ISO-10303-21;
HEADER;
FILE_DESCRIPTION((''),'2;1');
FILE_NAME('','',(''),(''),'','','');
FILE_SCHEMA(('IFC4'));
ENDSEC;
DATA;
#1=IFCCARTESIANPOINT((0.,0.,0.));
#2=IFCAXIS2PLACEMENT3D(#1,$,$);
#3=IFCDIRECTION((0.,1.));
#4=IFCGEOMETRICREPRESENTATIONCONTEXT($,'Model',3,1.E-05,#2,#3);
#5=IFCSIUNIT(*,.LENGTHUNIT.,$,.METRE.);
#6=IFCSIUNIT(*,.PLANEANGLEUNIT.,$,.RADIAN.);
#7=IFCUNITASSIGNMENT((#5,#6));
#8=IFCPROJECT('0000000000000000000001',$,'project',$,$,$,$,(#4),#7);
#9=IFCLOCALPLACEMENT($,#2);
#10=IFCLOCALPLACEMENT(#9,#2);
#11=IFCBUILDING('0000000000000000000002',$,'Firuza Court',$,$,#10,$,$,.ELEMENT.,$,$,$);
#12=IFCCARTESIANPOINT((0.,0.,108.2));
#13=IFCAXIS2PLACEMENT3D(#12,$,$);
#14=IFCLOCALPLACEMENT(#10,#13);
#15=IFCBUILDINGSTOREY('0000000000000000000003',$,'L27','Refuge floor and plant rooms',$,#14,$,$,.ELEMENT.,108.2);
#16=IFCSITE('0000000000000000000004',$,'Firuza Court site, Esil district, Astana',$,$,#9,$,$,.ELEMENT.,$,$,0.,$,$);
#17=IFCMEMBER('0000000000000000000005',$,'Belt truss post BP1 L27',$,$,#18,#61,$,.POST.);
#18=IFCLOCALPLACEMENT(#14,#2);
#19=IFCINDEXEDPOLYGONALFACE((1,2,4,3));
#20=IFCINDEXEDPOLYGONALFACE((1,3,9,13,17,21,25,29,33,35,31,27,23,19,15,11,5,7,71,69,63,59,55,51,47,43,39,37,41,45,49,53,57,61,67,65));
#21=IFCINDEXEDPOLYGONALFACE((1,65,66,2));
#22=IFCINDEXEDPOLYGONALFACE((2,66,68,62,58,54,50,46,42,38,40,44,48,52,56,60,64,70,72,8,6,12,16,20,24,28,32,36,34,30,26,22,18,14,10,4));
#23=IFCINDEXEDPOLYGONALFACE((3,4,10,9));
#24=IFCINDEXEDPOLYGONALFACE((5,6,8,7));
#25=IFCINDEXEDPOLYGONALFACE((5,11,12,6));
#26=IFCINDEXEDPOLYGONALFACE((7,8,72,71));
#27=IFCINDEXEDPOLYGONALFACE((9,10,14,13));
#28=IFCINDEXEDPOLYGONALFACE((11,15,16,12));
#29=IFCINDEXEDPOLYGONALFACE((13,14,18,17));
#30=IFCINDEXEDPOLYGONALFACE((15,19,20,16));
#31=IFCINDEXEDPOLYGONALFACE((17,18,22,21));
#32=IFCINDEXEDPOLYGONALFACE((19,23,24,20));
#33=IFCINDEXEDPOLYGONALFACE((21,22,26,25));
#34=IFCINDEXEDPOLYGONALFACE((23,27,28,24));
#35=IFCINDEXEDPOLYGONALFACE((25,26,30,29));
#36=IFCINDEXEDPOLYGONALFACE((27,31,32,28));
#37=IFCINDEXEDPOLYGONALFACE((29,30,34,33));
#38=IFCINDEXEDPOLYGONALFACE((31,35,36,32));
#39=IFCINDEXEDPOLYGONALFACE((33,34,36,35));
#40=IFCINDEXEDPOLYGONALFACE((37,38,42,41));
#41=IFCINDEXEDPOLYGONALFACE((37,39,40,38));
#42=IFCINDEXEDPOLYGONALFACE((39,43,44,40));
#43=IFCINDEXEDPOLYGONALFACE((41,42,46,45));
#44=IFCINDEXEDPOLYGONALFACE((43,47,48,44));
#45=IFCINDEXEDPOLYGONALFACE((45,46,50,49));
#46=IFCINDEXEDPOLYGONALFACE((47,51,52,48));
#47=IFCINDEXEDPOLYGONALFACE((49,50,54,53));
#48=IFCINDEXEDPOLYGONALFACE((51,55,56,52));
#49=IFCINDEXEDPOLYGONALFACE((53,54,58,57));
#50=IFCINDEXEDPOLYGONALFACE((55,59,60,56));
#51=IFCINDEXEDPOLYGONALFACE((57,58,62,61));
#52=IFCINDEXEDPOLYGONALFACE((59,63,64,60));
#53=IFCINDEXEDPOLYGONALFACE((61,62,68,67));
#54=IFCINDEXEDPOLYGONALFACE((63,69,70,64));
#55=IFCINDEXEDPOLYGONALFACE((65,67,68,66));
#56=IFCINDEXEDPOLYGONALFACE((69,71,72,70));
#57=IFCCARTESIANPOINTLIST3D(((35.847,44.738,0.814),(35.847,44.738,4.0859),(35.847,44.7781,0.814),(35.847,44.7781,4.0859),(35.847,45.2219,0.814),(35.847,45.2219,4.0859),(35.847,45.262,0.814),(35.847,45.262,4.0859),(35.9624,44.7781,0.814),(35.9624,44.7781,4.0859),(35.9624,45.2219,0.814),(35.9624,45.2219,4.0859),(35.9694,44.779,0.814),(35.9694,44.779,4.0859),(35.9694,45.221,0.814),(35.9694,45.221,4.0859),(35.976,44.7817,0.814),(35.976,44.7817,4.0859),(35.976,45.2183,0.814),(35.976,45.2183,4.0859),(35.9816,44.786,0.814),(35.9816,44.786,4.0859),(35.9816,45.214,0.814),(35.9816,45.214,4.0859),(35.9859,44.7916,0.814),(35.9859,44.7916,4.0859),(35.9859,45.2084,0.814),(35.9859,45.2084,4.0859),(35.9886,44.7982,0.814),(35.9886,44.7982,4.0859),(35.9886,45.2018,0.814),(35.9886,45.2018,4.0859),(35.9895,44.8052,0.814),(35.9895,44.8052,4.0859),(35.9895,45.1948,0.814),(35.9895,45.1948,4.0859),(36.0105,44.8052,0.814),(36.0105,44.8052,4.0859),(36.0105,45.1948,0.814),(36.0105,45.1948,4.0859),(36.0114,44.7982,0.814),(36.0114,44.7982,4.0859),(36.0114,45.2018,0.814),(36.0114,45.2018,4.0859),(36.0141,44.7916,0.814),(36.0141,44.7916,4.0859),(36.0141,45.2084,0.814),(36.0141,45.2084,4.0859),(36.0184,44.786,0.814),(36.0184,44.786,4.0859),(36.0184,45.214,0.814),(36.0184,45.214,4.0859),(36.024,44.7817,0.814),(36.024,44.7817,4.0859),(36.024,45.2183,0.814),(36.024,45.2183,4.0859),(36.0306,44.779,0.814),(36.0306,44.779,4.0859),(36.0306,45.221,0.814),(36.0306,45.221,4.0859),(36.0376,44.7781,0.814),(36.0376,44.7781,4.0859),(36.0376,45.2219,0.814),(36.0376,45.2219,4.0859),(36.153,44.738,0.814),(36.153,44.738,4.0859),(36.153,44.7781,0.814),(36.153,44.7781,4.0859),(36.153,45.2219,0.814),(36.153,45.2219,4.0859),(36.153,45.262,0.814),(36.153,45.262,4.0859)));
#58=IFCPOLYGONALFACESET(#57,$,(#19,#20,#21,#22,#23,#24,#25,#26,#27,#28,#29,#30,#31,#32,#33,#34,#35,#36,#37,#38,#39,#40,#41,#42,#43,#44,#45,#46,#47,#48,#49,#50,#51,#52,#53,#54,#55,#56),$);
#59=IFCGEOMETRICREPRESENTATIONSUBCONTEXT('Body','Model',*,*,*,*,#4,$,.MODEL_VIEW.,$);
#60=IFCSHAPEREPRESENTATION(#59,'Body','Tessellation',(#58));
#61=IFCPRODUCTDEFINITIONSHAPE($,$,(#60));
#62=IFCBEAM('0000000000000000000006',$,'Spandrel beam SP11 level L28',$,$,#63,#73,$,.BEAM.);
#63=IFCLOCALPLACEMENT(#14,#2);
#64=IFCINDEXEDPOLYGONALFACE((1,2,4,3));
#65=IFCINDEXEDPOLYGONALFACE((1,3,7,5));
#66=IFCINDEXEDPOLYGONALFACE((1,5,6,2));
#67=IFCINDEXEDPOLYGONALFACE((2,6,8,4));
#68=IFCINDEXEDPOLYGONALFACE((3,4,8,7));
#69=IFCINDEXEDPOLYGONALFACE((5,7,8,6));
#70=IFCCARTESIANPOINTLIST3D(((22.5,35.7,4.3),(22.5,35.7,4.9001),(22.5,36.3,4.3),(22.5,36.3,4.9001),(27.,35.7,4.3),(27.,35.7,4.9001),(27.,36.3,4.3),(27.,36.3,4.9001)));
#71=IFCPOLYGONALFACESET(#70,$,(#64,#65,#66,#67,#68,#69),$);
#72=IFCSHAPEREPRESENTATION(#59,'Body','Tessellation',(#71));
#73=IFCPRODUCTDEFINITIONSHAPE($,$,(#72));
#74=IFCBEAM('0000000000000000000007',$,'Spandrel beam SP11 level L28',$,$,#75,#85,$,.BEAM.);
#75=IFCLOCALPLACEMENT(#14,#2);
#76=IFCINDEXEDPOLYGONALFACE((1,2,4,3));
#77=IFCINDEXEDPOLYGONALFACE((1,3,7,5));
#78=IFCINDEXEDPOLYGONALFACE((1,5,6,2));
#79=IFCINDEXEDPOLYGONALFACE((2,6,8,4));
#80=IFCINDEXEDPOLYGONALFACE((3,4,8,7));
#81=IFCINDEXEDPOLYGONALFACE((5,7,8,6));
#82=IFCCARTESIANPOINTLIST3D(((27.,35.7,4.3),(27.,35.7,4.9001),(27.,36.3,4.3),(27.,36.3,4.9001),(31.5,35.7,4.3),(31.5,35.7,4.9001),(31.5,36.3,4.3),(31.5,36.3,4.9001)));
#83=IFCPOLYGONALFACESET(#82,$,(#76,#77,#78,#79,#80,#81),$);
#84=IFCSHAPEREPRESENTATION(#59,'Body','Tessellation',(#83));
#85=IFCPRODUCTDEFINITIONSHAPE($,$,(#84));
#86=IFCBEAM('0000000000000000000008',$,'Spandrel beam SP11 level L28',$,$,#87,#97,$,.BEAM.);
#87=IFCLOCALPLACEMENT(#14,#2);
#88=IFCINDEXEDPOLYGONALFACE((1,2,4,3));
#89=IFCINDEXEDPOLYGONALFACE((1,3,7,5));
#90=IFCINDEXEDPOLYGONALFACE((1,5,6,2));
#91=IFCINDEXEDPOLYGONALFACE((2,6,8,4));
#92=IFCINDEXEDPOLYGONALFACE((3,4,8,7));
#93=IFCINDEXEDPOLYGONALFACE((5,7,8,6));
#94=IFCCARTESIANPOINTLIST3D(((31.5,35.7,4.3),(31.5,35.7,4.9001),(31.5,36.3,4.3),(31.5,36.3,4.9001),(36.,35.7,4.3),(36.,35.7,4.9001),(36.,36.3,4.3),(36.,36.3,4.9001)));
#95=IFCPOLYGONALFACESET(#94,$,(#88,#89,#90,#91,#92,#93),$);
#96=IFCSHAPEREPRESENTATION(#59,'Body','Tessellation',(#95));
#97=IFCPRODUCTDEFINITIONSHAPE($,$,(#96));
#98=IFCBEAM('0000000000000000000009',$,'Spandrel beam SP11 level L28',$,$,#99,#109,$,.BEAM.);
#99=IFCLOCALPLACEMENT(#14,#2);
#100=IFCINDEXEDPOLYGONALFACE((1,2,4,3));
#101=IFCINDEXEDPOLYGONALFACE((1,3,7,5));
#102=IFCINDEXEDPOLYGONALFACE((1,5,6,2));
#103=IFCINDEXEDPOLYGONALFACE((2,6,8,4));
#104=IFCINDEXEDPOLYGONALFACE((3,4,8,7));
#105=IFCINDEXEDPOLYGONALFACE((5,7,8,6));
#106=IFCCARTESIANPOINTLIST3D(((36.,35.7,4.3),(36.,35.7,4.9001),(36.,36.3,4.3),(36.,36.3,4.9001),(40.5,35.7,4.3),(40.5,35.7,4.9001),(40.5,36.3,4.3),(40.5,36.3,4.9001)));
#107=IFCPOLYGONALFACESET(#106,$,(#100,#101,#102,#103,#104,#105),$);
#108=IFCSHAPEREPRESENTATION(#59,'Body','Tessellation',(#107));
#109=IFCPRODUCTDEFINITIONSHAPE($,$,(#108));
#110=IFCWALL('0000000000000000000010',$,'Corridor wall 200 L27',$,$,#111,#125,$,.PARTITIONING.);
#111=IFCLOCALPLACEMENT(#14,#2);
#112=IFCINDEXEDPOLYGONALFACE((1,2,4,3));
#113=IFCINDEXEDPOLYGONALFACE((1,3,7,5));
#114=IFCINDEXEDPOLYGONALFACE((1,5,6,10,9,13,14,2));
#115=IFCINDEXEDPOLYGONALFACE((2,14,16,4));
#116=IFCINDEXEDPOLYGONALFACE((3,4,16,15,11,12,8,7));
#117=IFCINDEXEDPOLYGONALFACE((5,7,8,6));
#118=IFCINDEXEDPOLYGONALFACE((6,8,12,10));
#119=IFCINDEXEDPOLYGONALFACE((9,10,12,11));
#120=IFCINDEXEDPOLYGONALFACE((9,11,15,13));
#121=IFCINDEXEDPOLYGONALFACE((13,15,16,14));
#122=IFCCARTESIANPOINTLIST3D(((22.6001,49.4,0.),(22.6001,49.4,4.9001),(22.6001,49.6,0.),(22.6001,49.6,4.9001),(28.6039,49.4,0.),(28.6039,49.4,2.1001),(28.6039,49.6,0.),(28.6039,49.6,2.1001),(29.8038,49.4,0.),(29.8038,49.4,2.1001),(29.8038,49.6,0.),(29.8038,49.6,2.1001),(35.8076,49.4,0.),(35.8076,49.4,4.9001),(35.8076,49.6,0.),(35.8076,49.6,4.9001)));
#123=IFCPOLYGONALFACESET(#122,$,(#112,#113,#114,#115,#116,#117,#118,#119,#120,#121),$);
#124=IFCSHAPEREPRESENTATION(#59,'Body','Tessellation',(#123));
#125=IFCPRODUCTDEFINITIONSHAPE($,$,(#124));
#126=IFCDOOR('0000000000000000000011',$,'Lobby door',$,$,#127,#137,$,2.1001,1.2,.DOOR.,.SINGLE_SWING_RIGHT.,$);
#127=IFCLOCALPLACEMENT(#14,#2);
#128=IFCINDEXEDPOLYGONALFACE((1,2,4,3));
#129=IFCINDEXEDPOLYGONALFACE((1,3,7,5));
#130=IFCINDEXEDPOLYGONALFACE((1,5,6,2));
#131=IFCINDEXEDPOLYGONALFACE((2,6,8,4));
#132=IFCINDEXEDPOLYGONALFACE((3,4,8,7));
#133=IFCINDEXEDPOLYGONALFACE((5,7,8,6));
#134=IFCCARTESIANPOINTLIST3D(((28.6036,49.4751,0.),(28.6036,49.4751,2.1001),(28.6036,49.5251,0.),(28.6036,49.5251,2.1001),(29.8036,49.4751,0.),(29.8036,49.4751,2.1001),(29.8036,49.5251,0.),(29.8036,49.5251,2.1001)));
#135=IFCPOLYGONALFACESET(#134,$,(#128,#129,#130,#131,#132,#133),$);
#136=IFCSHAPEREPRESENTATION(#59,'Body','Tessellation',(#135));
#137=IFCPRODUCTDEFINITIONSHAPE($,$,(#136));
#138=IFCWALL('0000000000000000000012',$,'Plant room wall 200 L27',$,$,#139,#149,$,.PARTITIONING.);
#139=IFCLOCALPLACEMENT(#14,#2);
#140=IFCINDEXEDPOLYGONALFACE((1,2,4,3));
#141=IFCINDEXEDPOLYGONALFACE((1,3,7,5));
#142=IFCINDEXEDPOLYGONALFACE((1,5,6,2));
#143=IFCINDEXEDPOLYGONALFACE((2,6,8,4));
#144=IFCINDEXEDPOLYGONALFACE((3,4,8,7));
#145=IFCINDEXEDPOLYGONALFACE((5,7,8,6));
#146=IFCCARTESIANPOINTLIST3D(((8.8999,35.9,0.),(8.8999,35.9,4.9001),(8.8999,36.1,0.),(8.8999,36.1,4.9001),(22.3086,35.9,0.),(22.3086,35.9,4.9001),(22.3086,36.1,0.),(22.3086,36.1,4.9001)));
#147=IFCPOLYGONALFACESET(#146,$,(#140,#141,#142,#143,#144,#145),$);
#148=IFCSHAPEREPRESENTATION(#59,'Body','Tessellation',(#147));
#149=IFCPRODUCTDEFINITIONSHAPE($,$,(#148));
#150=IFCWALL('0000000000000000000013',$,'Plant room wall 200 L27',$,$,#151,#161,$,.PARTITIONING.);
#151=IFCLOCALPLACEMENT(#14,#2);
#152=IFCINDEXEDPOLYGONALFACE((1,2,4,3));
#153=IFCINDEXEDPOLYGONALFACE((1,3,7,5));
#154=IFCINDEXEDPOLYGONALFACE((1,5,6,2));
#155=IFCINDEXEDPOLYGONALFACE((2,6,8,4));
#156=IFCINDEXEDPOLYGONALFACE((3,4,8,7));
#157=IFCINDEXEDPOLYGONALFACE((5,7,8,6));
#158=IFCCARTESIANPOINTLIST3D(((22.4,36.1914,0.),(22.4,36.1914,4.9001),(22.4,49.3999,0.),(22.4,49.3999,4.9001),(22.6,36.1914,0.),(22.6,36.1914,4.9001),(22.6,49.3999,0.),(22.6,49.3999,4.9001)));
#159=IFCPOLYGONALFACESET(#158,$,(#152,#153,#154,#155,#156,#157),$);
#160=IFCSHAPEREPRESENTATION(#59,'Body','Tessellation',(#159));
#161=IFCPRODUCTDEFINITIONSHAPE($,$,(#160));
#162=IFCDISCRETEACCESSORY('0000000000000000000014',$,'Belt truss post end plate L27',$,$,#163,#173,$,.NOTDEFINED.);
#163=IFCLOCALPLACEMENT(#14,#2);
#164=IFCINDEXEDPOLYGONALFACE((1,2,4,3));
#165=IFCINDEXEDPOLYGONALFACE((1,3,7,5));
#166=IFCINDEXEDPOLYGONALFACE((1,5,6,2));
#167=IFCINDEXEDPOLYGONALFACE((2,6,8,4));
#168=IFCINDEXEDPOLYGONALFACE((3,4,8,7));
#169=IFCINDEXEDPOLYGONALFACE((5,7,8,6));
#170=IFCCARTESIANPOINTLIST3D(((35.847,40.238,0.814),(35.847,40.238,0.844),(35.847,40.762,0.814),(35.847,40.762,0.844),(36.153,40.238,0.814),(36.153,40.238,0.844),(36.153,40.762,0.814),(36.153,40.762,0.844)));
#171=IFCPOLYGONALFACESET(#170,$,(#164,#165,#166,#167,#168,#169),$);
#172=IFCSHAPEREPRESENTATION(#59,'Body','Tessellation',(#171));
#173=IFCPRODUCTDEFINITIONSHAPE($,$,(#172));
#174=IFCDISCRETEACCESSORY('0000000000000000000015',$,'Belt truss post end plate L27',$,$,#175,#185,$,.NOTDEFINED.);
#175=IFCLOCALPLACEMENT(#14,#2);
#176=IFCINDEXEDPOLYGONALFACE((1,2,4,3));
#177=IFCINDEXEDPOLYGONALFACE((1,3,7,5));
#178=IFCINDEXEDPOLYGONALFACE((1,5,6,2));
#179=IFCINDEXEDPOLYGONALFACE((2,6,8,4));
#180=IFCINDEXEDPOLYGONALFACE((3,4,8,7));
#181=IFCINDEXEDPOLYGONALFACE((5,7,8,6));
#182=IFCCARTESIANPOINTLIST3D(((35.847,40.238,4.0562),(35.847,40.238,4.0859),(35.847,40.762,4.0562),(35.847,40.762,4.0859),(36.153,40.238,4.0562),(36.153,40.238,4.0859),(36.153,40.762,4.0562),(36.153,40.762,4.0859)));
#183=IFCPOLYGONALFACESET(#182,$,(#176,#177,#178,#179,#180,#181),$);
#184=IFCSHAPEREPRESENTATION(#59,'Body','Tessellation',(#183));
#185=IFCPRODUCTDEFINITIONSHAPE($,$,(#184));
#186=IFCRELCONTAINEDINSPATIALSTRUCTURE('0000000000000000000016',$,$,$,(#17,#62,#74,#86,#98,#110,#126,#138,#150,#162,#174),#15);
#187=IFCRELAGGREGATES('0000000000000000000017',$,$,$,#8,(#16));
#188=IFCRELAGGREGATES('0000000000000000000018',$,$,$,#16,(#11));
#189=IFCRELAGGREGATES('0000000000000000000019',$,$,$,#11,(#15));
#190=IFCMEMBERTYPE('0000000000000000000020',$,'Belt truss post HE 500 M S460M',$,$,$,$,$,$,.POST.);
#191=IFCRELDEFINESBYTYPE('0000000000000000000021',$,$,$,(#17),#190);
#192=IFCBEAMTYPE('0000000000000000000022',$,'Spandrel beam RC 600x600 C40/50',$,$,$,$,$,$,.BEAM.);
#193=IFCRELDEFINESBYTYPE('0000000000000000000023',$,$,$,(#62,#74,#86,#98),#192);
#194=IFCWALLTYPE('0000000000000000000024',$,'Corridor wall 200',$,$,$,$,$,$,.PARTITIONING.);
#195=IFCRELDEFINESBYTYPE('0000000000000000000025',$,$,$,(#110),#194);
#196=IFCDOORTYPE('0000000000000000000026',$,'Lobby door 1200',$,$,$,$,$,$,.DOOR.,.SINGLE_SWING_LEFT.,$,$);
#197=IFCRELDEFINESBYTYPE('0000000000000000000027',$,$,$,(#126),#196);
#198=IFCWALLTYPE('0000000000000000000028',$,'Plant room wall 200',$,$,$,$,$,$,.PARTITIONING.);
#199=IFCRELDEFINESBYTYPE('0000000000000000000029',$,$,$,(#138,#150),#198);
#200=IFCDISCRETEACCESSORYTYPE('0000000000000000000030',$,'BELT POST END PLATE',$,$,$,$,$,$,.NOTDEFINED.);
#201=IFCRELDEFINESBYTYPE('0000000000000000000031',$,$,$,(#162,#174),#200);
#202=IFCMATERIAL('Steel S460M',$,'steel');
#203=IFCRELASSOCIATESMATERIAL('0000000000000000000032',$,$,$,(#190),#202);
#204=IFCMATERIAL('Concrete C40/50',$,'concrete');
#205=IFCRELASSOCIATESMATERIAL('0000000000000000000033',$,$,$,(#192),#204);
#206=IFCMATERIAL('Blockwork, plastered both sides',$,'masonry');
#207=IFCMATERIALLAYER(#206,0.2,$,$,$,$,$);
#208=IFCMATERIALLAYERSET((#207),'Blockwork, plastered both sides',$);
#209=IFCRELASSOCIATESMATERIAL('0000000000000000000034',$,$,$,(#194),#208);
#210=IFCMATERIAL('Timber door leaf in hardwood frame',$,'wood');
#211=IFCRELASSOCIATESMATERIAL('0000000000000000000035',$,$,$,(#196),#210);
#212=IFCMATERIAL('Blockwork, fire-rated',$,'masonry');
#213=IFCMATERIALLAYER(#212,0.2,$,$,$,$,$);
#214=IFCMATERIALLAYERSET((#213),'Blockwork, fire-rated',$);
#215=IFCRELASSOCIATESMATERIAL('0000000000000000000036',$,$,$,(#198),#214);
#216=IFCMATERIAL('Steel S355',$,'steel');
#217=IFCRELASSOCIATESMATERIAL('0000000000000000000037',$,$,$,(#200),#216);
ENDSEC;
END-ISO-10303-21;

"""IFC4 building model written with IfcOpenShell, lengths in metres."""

from ifc_helpers import new_model, si_unit, direction, frame, frame_2d, origin, origin_2d, place, context, subcontext, project, spatial, rectangle, i_section, extrude, material, layer, layer_set, material_profile, profile_set, type_object, element, fill, save


model = new_model("IFC4")

# Units and contexts
model_context = context("Model", 3, precision=1e-05, world=origin(), true_north=direction((0.0, 1.0)))
body_context = subcontext(model_context, "Body", "Model", "MODEL_VIEW")
ifc_project = project(units=[si_unit("LENGTHUNIT", "METRE"), si_unit("PLANEANGLEUNIT", "RADIAN")], contexts=[model_context])

# Site, building, storey
site_placement = place(None, origin())
site = spatial("IfcSite", under=ifc_project, at=site_placement, Name="Firuza Court site, Esil district, Astana", CompositionType="ELEMENT", RefElevation=0.0)
building_placement = place(site_placement, origin())
building = spatial("IfcBuilding", under=site, at=building_placement, Name="Firuza Court", CompositionType="ELEMENT")
storey_placement = place(building_placement, frame((0.0, 0.0, 108.2)))
storey = spatial("IfcBuildingStorey", under=building, at=storey_placement, Name="L27", Description="Refuge floor and plant rooms", CompositionType="ELEMENT", Elevation=108.2)

# Member
ifc_material_1 = material(Name="Steel S460M", Category="steel")
ifc_material_profile_1 = material_profile(ifc_material_1, i_section(OverallWidth=0.3059, OverallDepth=0.5239, WebThickness=0.021, FlangeThickness=0.04, FilletRadius=0.0271, at=origin_2d()), Name="HE 500 M")
ifc_profile_set_1 = profile_set([ifc_material_profile_1], Name="Steel S460M")
member_type_1 = type_object("IfcMemberType", Name="Belt truss post HE 500 M S460M", PredefinedType="POST", material=ifc_profile_set_1)
for number, where, z_axis, x_axis, name in (
    (1, (36.0, 45.0, 0.814), (0.0, 0.0, 1.0), (1.0, 0.0, 0.0), "Belt truss post BP1 L27"),
):
    element("IfcMember", number, at=place(storey_placement, frame(where, z_axis=z_axis, x_axis=x_axis)), inside=storey, type_object=member_type_1, Name=name, PredefinedType="POST", context=body_context, shape_type="SweptSolid", body=[
        extrude(i_section(OverallWidth=0.3059, OverallDepth=0.5239, WebThickness=0.021, FlangeThickness=0.04, FilletRadius=0.0271, at=origin_2d()), origin(), (0.0, 0.0, 1.0), 3.272),
    ])

# Beams
ifc_material_2 = material(Name="Concrete C40/50", Category="concrete")
ifc_material_profile_2 = material_profile(ifc_material_2, rectangle(XDim=0.6001, YDim=0.6001, at=origin_2d()), Name="RC 600x600")
ifc_profile_set_2 = profile_set([ifc_material_profile_2], Name="Concrete C40/50")
beam_type_1 = type_object("IfcBeamType", Name="Spandrel beam RC 600x600 C40/50", PredefinedType="BEAM", material=ifc_profile_set_2)
for number, where, z_axis, x_axis, name in (
    (2, (22.5, 36.0, 4.6001), (1.0, 0.0, 0.0), (0.0, 1.0, 0.0), "Spandrel beam SP11 level L28"),
    (3, (27.0, 36.0, 4.6001), (1.0, 0.0, 0.0), (0.0, 1.0, 0.0), "Spandrel beam SP11 level L28"),
    (4, (31.5, 36.0, 4.6001), (1.0, 0.0, 0.0), (0.0, 1.0, 0.0), "Spandrel beam SP11 level L28"),
    (5, (36.0, 36.0, 4.6001), (1.0, 0.0, 0.0), (0.0, 1.0, 0.0), "Spandrel beam SP11 level L28"),
):
    element("IfcBeam", number, at=place(storey_placement, frame(where, z_axis=z_axis, x_axis=x_axis)), inside=storey, type_object=beam_type_1, Name=name, PredefinedType="BEAM", context=body_context, shape_type="SweptSolid", body=[
        extrude(rectangle(XDim=0.6001, YDim=0.6001, at=origin_2d()), origin(), (0.0, 0.0, 1.0), 4.5),
    ])

# Wall, opening, door
ifc_material_3 = material(Name="Blockwork, plastered both sides", Category="masonry")
ifc_layer_1 = layer(ifc_material_3, 0.2)
ifc_layer_set_1 = layer_set([ifc_layer_1], Name="Blockwork, plastered both sides")
wall_type_1 = type_object("IfcWallType", Name="Corridor wall 200", PredefinedType="PARTITIONING", material=ifc_layer_set_1)
wall_1_placement = place(storey_placement, frame((22.6001, 49.5, 0.0), z_axis=(0.0, 0.0, 1.0), x_axis=(1.0, 0.0, 0.0)))
wall_1 = element("IfcWall", 6, at=wall_1_placement, inside=storey, type_object=wall_type_1, Name="Corridor wall 200 L27", PredefinedType="PARTITIONING", context=body_context, shape_type="SweptSolid", body=[
    extrude(rectangle(XDim=13.2075, YDim=0.2, at=frame_2d((6.6038, 0.0))), origin(), (0.0, 0.0, 1.0), 4.9001),
])
opening_placement = place(wall_1_placement, frame((6.0037, 0.0, 0.0)))
opening = element("IfcOpeningElement", 7, at=opening_placement, cuts=wall_1, PredefinedType="OPENING", context=body_context, shape_type="SweptSolid", body=[
    extrude(rectangle(XDim=1.2, YDim=2.1001, at=frame_2d((0.6001, 1.05))), frame((0.0, 0.1118, 0.0), z_axis=(0.0, -1.0, 0.0), x_axis=(1.0, 0.0, 0.0)), (0.0, 0.0, 1.0), 0.2239),
])
ifc_material_4 = material(Name="Timber door leaf in hardwood frame", Category="wood")
door_type = type_object("IfcDoorType", Name="Lobby door 1200", OperationType="SINGLE_SWING_LEFT", PredefinedType="DOOR", material=ifc_material_4)
door_placement = place(opening_placement, frame((1.2, 0.0, 0.0), z_axis=(0.0, 0.0, 1.0), x_axis=(-1.0, 0.0, 0.0)))
door = element("IfcDoor", 8, at=door_placement, inside=storey, type_object=door_type, Name="Lobby door", OperationType="SINGLE_SWING_RIGHT", OverallHeight=2.1001, OverallWidth=1.2, PredefinedType="DOOR", context=body_context, shape_type="SweptSolid", body=[
    extrude(rectangle(XDim=1.2, YDim=2.1001, at=frame_2d((0.6001, 1.05))), frame((0.0, 0.0249, 0.0), z_axis=(0.0, -1.0, 0.0), x_axis=(1.0, 0.0, 0.0)), (0.0, 0.0, 1.0), 0.05),
])
fill(opening, door)

# Walls
ifc_material_5 = material(Name="Blockwork, fire-rated", Category="masonry")
ifc_layer_2 = layer(ifc_material_5, 0.2)
ifc_layer_set_2 = layer_set([ifc_layer_2], Name="Blockwork, fire-rated")
wall_type_2 = type_object("IfcWallType", Name="Plant room wall 200", PredefinedType="PARTITIONING", material=ifc_layer_set_2)
wall_2_placement = place(storey_placement, frame((22.3086, 36.0, 0.0), z_axis=(0.0, 0.0, 1.0), x_axis=(-1.0, 0.0, 0.0)))
element("IfcWall", 9, at=wall_2_placement, inside=storey, type_object=wall_type_2, Name="Plant room wall 200 L27", PredefinedType="PARTITIONING", context=body_context, shape_type="SweptSolid", body=[
    extrude(rectangle(XDim=13.4087, YDim=0.2, at=frame_2d((6.7043, 0.0))), origin(), (0.0, 0.0, 1.0), 4.9001),
])
wall_3_placement = place(storey_placement, frame((22.5, 36.1914, 0.0), z_axis=(0.0, 0.0, 1.0), x_axis=(0.0, 1.0, 0.0)))
element("IfcWall", 10, at=wall_3_placement, inside=storey, type_object=wall_type_2, Name="Plant room wall 200 L27", PredefinedType="PARTITIONING", context=body_context, shape_type="SweptSolid", body=[
    extrude(rectangle(XDim=13.2085, YDim=0.2, at=frame_2d((6.6042, 0.0))), origin(), (0.0, 0.0, 1.0), 4.9001),
])

# Discrete accessories
ifc_material_6 = material(Name="Steel S355", Category="steel")
ifc_material_profile_3 = material_profile(ifc_material_6, rectangle(XDim=0.3059, YDim=0.5239, at=origin_2d()), Name="PL 306X524")
ifc_profile_set_3 = profile_set([ifc_material_profile_3], Name="Steel S355")
discrete_accessory_type = type_object("IfcDiscreteAccessoryType", Name="BELT POST END PLATE", PredefinedType="NOTDEFINED", material=ifc_profile_set_3)
discrete_accessory_1_placement = place(storey_placement, frame((36.0, 40.5, 0.814), z_axis=(0.0, 0.0, 1.0), x_axis=(1.0, 0.0, 0.0)))
element("IfcDiscreteAccessory", 11, at=discrete_accessory_1_placement, inside=storey, type_object=discrete_accessory_type, Name="Belt truss post end plate L27", PredefinedType="NOTDEFINED", context=body_context, shape_type="SweptSolid", body=[
    extrude(rectangle(XDim=0.3059, YDim=0.5239, at=origin_2d()), origin(), (0.0, 0.0, 1.0), 0.03),
])
discrete_accessory_2_placement = place(storey_placement, frame((36.0, 40.5, 4.0562), z_axis=(0.0, 0.0, 1.0), x_axis=(1.0, 0.0, 0.0)))
element("IfcDiscreteAccessory", 12, at=discrete_accessory_2_placement, inside=storey, type_object=discrete_accessory_type, Name="Belt truss post end plate L27", PredefinedType="NOTDEFINED", context=body_context, shape_type="SweptSolid", body=[
    extrude(rectangle(XDim=0.3059, YDim=0.5239, at=origin_2d()), origin(), (0.0, 0.0, 1.0), 0.0298),
])

save(model, "model.ifc")
